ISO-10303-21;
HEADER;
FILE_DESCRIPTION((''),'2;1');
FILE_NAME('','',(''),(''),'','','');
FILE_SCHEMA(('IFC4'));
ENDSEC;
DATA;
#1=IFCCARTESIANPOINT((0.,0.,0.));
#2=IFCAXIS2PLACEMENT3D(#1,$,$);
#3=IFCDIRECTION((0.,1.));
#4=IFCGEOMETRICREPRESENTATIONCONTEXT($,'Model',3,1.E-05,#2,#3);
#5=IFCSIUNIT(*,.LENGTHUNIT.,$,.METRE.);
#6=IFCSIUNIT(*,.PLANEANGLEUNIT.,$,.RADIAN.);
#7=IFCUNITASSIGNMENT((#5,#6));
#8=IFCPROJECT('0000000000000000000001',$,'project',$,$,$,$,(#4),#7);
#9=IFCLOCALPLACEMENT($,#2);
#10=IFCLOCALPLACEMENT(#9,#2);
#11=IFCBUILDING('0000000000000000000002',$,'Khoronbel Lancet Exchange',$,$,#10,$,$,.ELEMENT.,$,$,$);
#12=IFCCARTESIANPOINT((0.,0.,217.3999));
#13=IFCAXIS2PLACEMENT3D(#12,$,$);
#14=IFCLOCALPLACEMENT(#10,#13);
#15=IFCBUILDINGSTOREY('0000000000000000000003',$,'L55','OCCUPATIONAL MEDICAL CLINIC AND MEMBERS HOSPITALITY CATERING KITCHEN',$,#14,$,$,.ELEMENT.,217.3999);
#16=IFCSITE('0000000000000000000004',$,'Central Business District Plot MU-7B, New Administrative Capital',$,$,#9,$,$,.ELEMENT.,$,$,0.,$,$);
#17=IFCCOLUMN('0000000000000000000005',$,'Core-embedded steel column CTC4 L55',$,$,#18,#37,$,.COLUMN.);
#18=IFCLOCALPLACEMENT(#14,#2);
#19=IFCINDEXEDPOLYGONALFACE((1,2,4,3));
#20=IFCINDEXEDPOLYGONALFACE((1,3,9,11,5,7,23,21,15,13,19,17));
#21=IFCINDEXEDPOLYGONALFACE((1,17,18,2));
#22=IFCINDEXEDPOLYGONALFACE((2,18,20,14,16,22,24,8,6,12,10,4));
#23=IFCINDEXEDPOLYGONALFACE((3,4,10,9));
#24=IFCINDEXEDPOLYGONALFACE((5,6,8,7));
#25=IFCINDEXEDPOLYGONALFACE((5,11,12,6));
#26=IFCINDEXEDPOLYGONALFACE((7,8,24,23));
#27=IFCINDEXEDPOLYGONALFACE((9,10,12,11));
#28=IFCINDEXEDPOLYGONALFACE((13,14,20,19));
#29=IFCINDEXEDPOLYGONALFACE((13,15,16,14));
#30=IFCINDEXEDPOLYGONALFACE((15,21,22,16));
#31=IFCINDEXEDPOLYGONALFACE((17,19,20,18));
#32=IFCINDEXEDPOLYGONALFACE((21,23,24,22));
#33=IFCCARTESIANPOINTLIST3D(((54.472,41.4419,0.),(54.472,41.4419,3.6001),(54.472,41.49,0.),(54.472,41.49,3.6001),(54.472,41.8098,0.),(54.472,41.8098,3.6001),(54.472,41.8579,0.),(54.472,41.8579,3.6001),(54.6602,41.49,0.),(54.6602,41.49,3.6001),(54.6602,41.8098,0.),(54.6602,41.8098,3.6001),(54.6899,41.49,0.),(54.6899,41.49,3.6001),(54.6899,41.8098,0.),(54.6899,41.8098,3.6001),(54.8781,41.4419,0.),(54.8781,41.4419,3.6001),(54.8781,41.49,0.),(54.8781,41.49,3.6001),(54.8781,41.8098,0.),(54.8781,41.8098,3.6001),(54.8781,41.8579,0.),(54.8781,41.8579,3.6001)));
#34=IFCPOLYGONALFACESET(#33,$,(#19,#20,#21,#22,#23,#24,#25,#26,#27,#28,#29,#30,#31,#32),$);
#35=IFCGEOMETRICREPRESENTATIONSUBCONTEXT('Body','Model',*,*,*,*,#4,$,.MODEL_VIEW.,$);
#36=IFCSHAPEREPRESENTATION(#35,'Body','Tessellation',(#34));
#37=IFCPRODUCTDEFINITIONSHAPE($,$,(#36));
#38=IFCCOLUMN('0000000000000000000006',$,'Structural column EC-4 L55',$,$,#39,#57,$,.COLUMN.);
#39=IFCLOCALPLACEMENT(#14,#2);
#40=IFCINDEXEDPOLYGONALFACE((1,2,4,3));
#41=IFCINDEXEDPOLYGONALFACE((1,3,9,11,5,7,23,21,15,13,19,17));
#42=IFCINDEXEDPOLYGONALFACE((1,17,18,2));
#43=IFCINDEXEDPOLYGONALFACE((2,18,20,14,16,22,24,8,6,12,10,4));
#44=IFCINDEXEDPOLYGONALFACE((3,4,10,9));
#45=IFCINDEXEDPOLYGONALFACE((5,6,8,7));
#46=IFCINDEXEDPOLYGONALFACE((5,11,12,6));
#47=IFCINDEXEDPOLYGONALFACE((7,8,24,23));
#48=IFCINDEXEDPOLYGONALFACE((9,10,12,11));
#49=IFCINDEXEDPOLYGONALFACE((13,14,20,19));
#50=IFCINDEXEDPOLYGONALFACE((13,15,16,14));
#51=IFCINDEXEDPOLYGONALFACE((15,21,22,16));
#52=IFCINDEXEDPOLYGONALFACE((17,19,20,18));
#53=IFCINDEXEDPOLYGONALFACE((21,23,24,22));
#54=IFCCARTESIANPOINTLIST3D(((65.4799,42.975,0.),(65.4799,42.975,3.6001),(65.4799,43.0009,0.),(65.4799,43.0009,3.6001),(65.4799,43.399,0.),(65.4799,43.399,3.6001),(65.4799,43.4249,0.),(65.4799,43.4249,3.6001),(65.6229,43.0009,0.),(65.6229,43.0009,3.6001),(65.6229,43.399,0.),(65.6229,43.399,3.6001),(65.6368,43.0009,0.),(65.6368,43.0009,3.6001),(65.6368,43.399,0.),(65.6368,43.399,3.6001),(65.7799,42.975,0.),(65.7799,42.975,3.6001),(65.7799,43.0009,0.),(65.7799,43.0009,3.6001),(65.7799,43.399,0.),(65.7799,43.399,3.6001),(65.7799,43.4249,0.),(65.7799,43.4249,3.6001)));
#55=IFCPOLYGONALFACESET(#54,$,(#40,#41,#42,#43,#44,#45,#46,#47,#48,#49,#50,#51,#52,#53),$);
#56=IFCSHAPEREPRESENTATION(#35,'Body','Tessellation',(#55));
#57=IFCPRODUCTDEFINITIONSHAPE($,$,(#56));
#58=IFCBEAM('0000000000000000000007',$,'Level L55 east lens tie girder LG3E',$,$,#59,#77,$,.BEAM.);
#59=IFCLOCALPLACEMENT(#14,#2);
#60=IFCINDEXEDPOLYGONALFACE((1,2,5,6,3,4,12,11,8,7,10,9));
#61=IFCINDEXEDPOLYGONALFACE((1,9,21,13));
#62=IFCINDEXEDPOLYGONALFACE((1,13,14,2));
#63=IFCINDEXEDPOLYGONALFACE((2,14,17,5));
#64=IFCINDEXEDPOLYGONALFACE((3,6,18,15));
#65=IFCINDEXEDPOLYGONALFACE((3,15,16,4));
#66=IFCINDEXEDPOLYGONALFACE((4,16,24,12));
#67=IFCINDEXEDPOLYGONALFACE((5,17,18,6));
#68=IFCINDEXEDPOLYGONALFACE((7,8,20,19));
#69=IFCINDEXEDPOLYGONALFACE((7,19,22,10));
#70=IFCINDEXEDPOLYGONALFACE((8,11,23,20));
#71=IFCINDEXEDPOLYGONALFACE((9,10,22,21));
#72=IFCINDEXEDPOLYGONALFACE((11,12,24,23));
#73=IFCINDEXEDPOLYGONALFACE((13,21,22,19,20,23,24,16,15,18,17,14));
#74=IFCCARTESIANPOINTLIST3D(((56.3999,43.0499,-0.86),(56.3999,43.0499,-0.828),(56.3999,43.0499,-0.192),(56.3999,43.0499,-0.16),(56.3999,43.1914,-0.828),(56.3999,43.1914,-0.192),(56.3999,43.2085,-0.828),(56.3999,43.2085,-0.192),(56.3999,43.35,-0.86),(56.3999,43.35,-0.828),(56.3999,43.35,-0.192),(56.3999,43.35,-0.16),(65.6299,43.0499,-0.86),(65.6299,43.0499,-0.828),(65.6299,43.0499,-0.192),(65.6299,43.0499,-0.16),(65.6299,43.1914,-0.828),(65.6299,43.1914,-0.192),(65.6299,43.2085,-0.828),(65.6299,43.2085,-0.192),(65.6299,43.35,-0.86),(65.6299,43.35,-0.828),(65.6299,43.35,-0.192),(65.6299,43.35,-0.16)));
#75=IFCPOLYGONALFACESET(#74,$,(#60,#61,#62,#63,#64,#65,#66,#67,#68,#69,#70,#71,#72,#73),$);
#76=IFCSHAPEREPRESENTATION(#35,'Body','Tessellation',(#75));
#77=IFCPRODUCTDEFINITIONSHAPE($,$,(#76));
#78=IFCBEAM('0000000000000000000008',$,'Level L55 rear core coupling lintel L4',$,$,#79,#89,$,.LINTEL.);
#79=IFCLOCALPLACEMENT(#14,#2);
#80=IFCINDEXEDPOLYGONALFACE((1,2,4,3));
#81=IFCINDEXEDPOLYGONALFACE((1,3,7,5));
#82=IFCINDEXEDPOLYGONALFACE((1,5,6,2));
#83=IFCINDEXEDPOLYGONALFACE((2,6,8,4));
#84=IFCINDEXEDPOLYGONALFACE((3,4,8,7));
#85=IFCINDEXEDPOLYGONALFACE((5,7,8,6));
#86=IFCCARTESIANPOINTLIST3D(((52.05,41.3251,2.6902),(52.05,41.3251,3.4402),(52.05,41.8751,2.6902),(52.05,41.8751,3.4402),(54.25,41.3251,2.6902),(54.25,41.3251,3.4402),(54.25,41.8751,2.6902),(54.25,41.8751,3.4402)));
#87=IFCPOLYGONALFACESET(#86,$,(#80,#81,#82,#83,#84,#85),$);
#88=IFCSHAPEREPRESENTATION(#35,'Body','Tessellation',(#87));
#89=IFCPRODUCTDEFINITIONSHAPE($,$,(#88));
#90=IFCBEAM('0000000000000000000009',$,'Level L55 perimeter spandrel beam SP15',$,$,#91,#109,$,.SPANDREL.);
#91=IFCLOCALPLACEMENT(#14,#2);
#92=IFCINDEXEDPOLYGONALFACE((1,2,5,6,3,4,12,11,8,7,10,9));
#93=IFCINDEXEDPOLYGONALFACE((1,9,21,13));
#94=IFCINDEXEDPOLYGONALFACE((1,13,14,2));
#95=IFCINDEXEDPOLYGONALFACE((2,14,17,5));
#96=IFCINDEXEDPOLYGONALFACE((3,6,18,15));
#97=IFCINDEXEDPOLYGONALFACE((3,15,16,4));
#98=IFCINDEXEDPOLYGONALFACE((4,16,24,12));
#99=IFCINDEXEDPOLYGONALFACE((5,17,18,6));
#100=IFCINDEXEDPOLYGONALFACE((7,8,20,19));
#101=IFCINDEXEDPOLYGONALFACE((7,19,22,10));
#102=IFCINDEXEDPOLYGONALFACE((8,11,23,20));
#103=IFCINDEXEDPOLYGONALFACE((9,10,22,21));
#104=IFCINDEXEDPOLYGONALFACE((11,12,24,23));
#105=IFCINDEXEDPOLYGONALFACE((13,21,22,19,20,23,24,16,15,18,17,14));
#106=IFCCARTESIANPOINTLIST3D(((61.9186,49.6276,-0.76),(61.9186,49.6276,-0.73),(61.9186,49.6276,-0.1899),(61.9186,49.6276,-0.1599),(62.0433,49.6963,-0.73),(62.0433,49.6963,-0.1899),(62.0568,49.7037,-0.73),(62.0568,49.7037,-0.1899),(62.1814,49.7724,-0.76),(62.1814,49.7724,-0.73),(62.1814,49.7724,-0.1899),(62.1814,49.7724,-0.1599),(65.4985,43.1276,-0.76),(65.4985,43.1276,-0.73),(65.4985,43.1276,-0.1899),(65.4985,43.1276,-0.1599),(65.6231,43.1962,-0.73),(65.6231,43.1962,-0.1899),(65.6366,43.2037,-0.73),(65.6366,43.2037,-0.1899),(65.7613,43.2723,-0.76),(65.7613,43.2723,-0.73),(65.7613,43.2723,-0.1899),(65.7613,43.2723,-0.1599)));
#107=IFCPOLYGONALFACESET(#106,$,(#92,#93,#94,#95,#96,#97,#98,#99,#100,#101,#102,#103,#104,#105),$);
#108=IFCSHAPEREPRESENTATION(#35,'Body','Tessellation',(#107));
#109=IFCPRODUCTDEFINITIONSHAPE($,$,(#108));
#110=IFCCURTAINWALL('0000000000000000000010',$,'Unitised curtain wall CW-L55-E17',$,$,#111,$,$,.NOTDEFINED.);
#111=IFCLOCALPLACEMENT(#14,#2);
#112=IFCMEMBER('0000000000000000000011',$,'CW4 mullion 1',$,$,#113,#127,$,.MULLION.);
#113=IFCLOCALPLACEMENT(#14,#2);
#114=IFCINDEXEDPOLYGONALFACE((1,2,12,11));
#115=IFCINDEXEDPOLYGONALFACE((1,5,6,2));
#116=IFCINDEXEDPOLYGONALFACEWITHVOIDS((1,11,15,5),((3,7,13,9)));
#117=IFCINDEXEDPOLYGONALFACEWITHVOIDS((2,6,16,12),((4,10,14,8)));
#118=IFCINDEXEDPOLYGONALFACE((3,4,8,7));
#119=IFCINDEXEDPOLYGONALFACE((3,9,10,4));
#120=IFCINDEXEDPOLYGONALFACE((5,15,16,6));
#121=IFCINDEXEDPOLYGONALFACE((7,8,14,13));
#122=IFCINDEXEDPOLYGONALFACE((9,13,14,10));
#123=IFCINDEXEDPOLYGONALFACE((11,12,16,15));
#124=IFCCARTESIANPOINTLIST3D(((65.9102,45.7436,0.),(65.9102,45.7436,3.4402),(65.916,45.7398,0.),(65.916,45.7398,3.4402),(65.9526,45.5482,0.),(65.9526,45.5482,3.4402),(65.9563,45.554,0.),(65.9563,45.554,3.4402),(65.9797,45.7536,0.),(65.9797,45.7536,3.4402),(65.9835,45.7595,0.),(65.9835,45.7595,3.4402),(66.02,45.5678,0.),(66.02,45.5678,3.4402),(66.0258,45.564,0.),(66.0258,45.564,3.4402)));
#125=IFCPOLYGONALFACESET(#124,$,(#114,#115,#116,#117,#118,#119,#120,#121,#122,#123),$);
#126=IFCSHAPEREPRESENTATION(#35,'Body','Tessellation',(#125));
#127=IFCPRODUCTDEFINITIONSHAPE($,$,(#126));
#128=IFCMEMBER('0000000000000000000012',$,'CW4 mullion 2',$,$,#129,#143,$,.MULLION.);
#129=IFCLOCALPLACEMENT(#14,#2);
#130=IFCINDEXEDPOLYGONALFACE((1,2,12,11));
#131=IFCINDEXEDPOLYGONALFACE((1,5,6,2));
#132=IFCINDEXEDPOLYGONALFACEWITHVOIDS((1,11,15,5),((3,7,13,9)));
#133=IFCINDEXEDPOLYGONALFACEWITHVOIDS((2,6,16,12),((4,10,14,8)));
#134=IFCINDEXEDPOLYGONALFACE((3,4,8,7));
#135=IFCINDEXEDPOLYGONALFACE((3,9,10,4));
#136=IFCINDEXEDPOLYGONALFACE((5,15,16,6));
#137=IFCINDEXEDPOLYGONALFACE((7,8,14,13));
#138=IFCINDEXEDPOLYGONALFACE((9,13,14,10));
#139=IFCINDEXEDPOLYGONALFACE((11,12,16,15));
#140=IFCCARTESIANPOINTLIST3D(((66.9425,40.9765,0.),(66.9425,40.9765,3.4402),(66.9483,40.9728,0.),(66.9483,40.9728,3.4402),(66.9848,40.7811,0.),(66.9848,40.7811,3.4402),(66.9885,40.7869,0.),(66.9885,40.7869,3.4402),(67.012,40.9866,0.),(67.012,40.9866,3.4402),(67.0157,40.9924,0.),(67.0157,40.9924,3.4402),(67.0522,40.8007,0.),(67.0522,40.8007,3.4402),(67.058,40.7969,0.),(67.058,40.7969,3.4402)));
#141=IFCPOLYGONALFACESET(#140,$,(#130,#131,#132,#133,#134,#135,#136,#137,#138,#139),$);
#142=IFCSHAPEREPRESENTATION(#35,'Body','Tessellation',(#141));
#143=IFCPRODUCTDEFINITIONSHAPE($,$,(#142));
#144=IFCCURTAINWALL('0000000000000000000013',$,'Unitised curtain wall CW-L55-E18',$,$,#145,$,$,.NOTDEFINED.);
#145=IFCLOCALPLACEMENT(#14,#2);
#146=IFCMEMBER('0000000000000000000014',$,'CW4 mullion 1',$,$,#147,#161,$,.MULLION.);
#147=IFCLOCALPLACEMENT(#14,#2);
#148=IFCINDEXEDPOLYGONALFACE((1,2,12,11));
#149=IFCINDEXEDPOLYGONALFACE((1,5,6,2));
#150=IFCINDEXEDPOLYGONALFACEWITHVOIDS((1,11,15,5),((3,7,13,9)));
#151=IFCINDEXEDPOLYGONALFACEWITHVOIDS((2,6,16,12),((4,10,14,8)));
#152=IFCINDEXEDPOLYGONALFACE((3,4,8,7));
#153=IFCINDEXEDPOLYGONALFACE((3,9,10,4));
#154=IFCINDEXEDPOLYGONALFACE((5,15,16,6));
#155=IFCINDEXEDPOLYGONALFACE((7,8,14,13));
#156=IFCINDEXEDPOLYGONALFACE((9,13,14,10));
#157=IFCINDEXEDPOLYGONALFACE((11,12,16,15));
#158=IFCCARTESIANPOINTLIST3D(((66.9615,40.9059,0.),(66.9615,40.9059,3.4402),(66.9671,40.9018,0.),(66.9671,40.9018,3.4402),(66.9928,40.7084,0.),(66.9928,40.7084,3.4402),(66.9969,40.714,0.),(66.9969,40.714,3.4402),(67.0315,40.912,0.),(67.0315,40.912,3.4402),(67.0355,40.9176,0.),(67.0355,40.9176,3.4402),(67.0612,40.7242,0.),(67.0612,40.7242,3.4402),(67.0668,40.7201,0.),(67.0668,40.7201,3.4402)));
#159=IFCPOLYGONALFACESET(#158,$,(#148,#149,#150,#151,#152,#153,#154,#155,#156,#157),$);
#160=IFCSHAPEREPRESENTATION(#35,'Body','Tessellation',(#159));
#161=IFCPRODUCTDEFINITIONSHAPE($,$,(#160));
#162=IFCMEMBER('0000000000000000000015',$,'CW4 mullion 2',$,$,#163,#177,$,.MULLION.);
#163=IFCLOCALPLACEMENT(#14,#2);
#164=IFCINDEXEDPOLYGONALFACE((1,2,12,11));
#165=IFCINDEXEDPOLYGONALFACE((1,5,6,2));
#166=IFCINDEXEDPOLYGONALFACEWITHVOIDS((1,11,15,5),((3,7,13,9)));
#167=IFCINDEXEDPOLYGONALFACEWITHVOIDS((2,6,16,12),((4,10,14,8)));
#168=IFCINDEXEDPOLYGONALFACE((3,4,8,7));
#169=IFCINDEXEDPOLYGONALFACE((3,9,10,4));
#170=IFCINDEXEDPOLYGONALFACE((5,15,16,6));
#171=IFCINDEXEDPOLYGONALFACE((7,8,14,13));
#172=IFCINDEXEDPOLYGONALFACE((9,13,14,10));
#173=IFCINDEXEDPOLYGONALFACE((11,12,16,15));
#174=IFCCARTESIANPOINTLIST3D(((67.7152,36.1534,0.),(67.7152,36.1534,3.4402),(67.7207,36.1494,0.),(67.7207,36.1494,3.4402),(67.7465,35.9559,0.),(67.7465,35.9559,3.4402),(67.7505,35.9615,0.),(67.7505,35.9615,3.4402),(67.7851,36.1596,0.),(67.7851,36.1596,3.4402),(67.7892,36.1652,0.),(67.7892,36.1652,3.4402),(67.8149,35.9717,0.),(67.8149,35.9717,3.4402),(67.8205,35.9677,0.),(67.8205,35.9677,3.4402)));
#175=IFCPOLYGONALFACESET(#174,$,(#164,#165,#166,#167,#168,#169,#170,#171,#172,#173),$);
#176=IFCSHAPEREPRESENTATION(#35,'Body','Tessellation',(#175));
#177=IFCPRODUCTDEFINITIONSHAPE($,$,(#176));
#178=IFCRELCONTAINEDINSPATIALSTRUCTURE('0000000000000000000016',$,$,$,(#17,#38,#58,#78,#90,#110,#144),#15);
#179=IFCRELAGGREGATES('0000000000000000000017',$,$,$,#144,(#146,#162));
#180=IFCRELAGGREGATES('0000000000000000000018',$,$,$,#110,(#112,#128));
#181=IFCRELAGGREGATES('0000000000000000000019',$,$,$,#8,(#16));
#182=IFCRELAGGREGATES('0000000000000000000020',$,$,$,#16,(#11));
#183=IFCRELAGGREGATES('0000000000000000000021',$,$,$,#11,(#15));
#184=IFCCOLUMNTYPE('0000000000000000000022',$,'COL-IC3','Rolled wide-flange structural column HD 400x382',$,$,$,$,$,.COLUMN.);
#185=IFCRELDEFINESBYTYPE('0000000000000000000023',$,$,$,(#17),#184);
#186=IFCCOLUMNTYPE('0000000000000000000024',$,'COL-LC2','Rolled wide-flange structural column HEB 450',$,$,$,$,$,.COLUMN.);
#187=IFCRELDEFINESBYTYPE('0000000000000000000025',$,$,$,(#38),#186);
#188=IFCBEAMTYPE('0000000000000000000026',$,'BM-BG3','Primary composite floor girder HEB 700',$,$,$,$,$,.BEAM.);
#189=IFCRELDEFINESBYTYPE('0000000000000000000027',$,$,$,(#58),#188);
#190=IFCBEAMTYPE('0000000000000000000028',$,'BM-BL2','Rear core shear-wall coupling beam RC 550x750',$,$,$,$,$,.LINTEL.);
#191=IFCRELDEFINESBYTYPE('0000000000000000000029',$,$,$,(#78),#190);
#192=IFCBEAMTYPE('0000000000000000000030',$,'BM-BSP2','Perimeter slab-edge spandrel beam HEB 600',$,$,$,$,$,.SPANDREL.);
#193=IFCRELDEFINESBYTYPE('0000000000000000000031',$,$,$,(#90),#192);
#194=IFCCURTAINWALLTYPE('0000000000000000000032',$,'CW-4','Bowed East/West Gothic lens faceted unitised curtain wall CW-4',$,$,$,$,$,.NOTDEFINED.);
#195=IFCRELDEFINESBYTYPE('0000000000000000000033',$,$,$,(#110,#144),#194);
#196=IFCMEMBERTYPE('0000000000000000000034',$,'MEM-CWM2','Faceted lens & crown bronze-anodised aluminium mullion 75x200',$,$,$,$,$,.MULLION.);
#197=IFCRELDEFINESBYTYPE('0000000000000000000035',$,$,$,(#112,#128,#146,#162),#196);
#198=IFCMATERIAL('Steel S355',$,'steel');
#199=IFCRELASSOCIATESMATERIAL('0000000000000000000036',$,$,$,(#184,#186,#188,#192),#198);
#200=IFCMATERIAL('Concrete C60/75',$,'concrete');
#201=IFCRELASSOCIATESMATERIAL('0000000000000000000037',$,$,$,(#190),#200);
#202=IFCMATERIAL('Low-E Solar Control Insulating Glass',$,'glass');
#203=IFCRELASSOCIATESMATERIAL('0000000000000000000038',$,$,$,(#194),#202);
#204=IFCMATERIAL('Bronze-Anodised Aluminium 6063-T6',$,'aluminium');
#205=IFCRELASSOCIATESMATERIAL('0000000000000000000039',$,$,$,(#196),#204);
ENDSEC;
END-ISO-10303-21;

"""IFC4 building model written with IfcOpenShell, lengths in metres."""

from ifc_helpers import new_model, si_unit, direction, frame, origin, origin_2d, place, context, subcontext, project, spatial, rectangle, hollow_rectangle, i_section, extrude, material, material_profile, profile_set, type_object, element, aggregate, save


model = new_model("IFC4")

# Units and contexts
model_context = context("Model", 3, precision=1e-05, world=origin(), true_north=direction((0.0, 1.0)))
body_context = subcontext(model_context, "Body", "Model", "MODEL_VIEW")
ifc_project = project(units=[si_unit("LENGTHUNIT", "METRE"), si_unit("PLANEANGLEUNIT", "RADIAN")], contexts=[model_context])

# Site, building, storey
site_placement = place(None, origin())
site = spatial("IfcSite", under=ifc_project, at=site_placement, Name="Central Business District Plot MU-7B, New Administrative Capital", CompositionType="ELEMENT", RefElevation=0.0)
building_placement = place(site_placement, origin())
building = spatial("IfcBuilding", under=site, at=building_placement, Name="Khoronbel Lancet Exchange", CompositionType="ELEMENT")
storey_placement = place(building_placement, frame((0.0, 0.0, 217.3999)))
storey = spatial("IfcBuildingStorey", under=building, at=storey_placement, Name="L55", Description="OCCUPATIONAL MEDICAL CLINIC AND MEMBERS HOSPITALITY CATERING KITCHEN", CompositionType="ELEMENT", Elevation=217.3999)

# Columns
ifc_material_1 = material(Name="Steel S355", Category="steel")
ifc_material_profile_1 = material_profile(ifc_material_1, i_section(OverallWidth=0.406, OverallDepth=0.416, WebThickness=0.0298, FlangeThickness=0.0481, at=origin_2d()), Name="HD 400x382")
ifc_profile_set_1 = profile_set([ifc_material_profile_1], Name="Steel S355")
column_type_1 = type_object("IfcColumnType", Name="COL-IC3", Description="Rolled wide-flange structural column HD 400x382", PredefinedType="COLUMN", material=ifc_profile_set_1)
column_1_placement = place(storey_placement, frame((54.675, 41.6499, 0.0), z_axis=(0.0, 0.0, 1.0), x_axis=(1.0, 0.0, 0.0)))
element("IfcColumn", 1, at=column_1_placement, inside=storey, type_object=column_type_1, Name="Core-embedded steel column CTC4 L55", PredefinedType="COLUMN", context=body_context, shape_type="SweptSolid", body=[
    extrude(i_section(OverallWidth=0.406, OverallDepth=0.416, WebThickness=0.0298, FlangeThickness=0.0481, at=origin_2d()), origin(), (0.0, 0.0, 1.0), 3.6001),
])
ifc_material_profile_2 = material_profile(ifc_material_1, i_section(OverallWidth=0.3, OverallDepth=0.45, WebThickness=0.0139, FlangeThickness=0.0259, at=origin_2d()), Name="HEB 450")
ifc_profile_set_2 = profile_set([ifc_material_profile_2], Name="Steel S355")
column_type_2 = type_object("IfcColumnType", Name="COL-LC2", Description="Rolled wide-flange structural column HEB 450", PredefinedType="COLUMN", material=ifc_profile_set_2)
column_2_placement = place(storey_placement, frame((65.6299, 43.2, 0.0), z_axis=(0.0, 0.0, 1.0), x_axis=(1.0, 0.0, 0.0)))
element("IfcColumn", 2, at=column_2_placement, inside=storey, type_object=column_type_2, Name="Structural column EC-4 L55", PredefinedType="COLUMN", context=body_context, shape_type="SweptSolid", body=[
    extrude(i_section(OverallWidth=0.3, OverallDepth=0.45, WebThickness=0.0139, FlangeThickness=0.0259, at=origin_2d()), origin(), (0.0, 0.0, 1.0), 3.6001),
])

# Beams
ifc_material_profile_3 = material_profile(ifc_material_1, i_section(OverallWidth=0.3, OverallDepth=0.7, WebThickness=0.0171, FlangeThickness=0.032, at=origin_2d()), Name="HEB 700")
ifc_profile_set_3 = profile_set([ifc_material_profile_3], Name="Steel S355")
beam_type_1 = type_object("IfcBeamType", Name="BM-BG3", Description="Primary composite floor girder HEB 700", PredefinedType="BEAM", material=ifc_profile_set_3)
beam_1_placement = place(storey_placement, frame((56.3999, 43.2, -0.51), z_axis=(1.0, 0.0, 0.0), x_axis=(0.0, 1.0, 0.0)))
element("IfcBeam", 3, at=beam_1_placement, inside=storey, type_object=beam_type_1, Name="Level L55 east lens tie girder LG3E", PredefinedType="BEAM", context=body_context, shape_type="SweptSolid", body=[
    extrude(i_section(OverallWidth=0.3, OverallDepth=0.7, WebThickness=0.0171, FlangeThickness=0.032, at=origin_2d()), origin(), (0.0, 0.0, 1.0), 9.23),
])
ifc_material_2 = material(Name="Concrete C60/75", Category="concrete")
ifc_material_profile_4 = material_profile(ifc_material_2, rectangle(XDim=0.55, YDim=0.75, at=origin_2d()), Name="RC 550x750")
ifc_profile_set_4 = profile_set([ifc_material_profile_4], Name="Concrete C60/75")
beam_type_2 = type_object("IfcBeamType", Name="BM-BL2", Description="Rear core shear-wall coupling beam RC 550x750", PredefinedType="LINTEL", material=ifc_profile_set_4)
beam_2_placement = place(storey_placement, frame((52.05, 41.6001, 3.0652), z_axis=(1.0, 0.0, 0.0), x_axis=(0.0, 1.0, 0.0)))
element("IfcBeam", 4, at=beam_2_placement, inside=storey, type_object=beam_type_2, Name="Level L55 rear core coupling lintel L4", PredefinedType="LINTEL", context=body_context, shape_type="SweptSolid", body=[
    extrude(rectangle(XDim=0.55, YDim=0.75, at=origin_2d()), origin(), (0.0, 0.0, 1.0), 2.2),
])
ifc_material_profile_5 = material_profile(ifc_material_1, i_section(OverallWidth=0.3, OverallDepth=0.6001, WebThickness=0.0154, FlangeThickness=0.03, at=origin_2d()), Name="HEB 600")
ifc_profile_set_5 = profile_set([ifc_material_profile_5], Name="Steel S355")
beam_type_3 = type_object("IfcBeamType", Name="BM-BSP2", Description="Perimeter slab-edge spandrel beam HEB 600", PredefinedType="SPANDREL", material=ifc_profile_set_5)
beam_3_placement = place(storey_placement, frame((65.6299, 43.2, -0.46), z_axis=(-0.482419, 0.875941, 0.0), x_axis=(-0.875941, -0.482419, 0.0)))
element("IfcBeam", 5, at=beam_3_placement, inside=storey, type_object=beam_type_3, Name="Level L55 perimeter spandrel beam SP15", PredefinedType="SPANDREL", context=body_context, shape_type="SweptSolid", body=[
    extrude(i_section(OverallWidth=0.3, OverallDepth=0.6001, WebThickness=0.0154, FlangeThickness=0.03, at=origin_2d()), origin(), (0.0, 0.0, 1.0), 7.4207),
])

# Curtain walls, members
ifc_material_3 = material(Name="Low-E Solar Control Insulating Glass", Category="glass")
curtain_wall_type = type_object("IfcCurtainWallType", Name="CW-4", Description="Bowed East/West Gothic lens faceted unitised curtain wall CW-4", PredefinedType="NOTDEFINED", material=ifc_material_3)
curtain_wall_1_placement = place(storey_placement, origin())
curtain_wall_1 = element("IfcCurtainWall", 6, at=curtain_wall_1_placement, inside=storey, type_object=curtain_wall_type, Name="Unitised curtain wall CW-L55-E17", PredefinedType="NOTDEFINED")
ifc_material_4 = material(Name="Bronze-Anodised Aluminium 6063-T6", Category="aluminium")
ifc_material_profile_6 = material_profile(ifc_material_4, hollow_rectangle(XDim=0.075, YDim=0.2, WallThickness=0.0049, at=origin_2d()), Name="ALU MULLION 75x200")
ifc_profile_set_6 = profile_set([ifc_material_profile_6], Name="Bronze-Anodised Aluminium 6063-T6")
member_type_1 = type_object("IfcMemberType", Name="MEM-CWM2", Description="Faceted lens & crown bronze-anodised aluminium mullion 75x200", PredefinedType="MULLION", material=ifc_profile_set_6)
member_1_placement = place(storey_placement, frame((65.968, 45.6538, 0.0), z_axis=(0.0, 0.0, 1.0), x_axis=(0.977341, 0.21167, 0.0)))
member_1 = element("IfcMember", 7, at=member_1_placement, type_object=member_type_1, Name="CW4 mullion 1", PredefinedType="MULLION", context=body_context, shape_type="SweptSolid", body=[
    extrude(hollow_rectangle(XDim=0.075, YDim=0.2, WallThickness=0.0049, at=origin_2d()), origin(), (0.0, 0.0, 1.0), 3.4402),
])
member_2_placement = place(storey_placement, frame((67.0002, 40.8867, 0.0), z_axis=(0.0, 0.0, 1.0), x_axis=(0.977341, 0.21167, 0.0)))
member_2 = element("IfcMember", 8, at=member_2_placement, type_object=member_type_1, Name="CW4 mullion 2", PredefinedType="MULLION", context=body_context, shape_type="SweptSolid", body=[
    extrude(hollow_rectangle(XDim=0.075, YDim=0.2, WallThickness=0.0049, at=origin_2d()), origin(), (0.0, 0.0, 1.0), 3.4402),
])
curtain_wall_2_placement = place(storey_placement, origin())
curtain_wall_2 = element("IfcCurtainWall", 9, at=curtain_wall_2_placement, inside=storey, type_object=curtain_wall_type, Name="Unitised curtain wall CW-L55-E18", PredefinedType="NOTDEFINED")
member_3_placement = place(storey_placement, frame((67.0142, 40.813, 0.0), z_axis=(0.0, 0.0, 1.0), x_axis=(0.987661, 0.156606, 0.0)))
member_3 = element("IfcMember", 10, at=member_3_placement, type_object=member_type_1, Name="CW4 mullion 1", PredefinedType="MULLION", context=body_context, shape_type="SweptSolid", body=[
    extrude(hollow_rectangle(XDim=0.075, YDim=0.2, WallThickness=0.0049, at=origin_2d()), origin(), (0.0, 0.0, 1.0), 3.4402),
])
member_4_placement = place(storey_placement, frame((67.7678, 36.0605, 0.0), z_axis=(0.0, 0.0, 1.0), x_axis=(0.987661, 0.156606, 0.0)))
member_4 = element("IfcMember", 11, at=member_4_placement, type_object=member_type_1, Name="CW4 mullion 2", PredefinedType="MULLION", context=body_context, shape_type="SweptSolid", body=[
    extrude(hollow_rectangle(XDim=0.075, YDim=0.2, WallThickness=0.0049, at=origin_2d()), origin(), (0.0, 0.0, 1.0), 3.4402),
])

aggregate(curtain_wall_2, [member_3, member_4])
aggregate(curtain_wall_1, [member_1, member_2])

save(model, "model.ifc")
